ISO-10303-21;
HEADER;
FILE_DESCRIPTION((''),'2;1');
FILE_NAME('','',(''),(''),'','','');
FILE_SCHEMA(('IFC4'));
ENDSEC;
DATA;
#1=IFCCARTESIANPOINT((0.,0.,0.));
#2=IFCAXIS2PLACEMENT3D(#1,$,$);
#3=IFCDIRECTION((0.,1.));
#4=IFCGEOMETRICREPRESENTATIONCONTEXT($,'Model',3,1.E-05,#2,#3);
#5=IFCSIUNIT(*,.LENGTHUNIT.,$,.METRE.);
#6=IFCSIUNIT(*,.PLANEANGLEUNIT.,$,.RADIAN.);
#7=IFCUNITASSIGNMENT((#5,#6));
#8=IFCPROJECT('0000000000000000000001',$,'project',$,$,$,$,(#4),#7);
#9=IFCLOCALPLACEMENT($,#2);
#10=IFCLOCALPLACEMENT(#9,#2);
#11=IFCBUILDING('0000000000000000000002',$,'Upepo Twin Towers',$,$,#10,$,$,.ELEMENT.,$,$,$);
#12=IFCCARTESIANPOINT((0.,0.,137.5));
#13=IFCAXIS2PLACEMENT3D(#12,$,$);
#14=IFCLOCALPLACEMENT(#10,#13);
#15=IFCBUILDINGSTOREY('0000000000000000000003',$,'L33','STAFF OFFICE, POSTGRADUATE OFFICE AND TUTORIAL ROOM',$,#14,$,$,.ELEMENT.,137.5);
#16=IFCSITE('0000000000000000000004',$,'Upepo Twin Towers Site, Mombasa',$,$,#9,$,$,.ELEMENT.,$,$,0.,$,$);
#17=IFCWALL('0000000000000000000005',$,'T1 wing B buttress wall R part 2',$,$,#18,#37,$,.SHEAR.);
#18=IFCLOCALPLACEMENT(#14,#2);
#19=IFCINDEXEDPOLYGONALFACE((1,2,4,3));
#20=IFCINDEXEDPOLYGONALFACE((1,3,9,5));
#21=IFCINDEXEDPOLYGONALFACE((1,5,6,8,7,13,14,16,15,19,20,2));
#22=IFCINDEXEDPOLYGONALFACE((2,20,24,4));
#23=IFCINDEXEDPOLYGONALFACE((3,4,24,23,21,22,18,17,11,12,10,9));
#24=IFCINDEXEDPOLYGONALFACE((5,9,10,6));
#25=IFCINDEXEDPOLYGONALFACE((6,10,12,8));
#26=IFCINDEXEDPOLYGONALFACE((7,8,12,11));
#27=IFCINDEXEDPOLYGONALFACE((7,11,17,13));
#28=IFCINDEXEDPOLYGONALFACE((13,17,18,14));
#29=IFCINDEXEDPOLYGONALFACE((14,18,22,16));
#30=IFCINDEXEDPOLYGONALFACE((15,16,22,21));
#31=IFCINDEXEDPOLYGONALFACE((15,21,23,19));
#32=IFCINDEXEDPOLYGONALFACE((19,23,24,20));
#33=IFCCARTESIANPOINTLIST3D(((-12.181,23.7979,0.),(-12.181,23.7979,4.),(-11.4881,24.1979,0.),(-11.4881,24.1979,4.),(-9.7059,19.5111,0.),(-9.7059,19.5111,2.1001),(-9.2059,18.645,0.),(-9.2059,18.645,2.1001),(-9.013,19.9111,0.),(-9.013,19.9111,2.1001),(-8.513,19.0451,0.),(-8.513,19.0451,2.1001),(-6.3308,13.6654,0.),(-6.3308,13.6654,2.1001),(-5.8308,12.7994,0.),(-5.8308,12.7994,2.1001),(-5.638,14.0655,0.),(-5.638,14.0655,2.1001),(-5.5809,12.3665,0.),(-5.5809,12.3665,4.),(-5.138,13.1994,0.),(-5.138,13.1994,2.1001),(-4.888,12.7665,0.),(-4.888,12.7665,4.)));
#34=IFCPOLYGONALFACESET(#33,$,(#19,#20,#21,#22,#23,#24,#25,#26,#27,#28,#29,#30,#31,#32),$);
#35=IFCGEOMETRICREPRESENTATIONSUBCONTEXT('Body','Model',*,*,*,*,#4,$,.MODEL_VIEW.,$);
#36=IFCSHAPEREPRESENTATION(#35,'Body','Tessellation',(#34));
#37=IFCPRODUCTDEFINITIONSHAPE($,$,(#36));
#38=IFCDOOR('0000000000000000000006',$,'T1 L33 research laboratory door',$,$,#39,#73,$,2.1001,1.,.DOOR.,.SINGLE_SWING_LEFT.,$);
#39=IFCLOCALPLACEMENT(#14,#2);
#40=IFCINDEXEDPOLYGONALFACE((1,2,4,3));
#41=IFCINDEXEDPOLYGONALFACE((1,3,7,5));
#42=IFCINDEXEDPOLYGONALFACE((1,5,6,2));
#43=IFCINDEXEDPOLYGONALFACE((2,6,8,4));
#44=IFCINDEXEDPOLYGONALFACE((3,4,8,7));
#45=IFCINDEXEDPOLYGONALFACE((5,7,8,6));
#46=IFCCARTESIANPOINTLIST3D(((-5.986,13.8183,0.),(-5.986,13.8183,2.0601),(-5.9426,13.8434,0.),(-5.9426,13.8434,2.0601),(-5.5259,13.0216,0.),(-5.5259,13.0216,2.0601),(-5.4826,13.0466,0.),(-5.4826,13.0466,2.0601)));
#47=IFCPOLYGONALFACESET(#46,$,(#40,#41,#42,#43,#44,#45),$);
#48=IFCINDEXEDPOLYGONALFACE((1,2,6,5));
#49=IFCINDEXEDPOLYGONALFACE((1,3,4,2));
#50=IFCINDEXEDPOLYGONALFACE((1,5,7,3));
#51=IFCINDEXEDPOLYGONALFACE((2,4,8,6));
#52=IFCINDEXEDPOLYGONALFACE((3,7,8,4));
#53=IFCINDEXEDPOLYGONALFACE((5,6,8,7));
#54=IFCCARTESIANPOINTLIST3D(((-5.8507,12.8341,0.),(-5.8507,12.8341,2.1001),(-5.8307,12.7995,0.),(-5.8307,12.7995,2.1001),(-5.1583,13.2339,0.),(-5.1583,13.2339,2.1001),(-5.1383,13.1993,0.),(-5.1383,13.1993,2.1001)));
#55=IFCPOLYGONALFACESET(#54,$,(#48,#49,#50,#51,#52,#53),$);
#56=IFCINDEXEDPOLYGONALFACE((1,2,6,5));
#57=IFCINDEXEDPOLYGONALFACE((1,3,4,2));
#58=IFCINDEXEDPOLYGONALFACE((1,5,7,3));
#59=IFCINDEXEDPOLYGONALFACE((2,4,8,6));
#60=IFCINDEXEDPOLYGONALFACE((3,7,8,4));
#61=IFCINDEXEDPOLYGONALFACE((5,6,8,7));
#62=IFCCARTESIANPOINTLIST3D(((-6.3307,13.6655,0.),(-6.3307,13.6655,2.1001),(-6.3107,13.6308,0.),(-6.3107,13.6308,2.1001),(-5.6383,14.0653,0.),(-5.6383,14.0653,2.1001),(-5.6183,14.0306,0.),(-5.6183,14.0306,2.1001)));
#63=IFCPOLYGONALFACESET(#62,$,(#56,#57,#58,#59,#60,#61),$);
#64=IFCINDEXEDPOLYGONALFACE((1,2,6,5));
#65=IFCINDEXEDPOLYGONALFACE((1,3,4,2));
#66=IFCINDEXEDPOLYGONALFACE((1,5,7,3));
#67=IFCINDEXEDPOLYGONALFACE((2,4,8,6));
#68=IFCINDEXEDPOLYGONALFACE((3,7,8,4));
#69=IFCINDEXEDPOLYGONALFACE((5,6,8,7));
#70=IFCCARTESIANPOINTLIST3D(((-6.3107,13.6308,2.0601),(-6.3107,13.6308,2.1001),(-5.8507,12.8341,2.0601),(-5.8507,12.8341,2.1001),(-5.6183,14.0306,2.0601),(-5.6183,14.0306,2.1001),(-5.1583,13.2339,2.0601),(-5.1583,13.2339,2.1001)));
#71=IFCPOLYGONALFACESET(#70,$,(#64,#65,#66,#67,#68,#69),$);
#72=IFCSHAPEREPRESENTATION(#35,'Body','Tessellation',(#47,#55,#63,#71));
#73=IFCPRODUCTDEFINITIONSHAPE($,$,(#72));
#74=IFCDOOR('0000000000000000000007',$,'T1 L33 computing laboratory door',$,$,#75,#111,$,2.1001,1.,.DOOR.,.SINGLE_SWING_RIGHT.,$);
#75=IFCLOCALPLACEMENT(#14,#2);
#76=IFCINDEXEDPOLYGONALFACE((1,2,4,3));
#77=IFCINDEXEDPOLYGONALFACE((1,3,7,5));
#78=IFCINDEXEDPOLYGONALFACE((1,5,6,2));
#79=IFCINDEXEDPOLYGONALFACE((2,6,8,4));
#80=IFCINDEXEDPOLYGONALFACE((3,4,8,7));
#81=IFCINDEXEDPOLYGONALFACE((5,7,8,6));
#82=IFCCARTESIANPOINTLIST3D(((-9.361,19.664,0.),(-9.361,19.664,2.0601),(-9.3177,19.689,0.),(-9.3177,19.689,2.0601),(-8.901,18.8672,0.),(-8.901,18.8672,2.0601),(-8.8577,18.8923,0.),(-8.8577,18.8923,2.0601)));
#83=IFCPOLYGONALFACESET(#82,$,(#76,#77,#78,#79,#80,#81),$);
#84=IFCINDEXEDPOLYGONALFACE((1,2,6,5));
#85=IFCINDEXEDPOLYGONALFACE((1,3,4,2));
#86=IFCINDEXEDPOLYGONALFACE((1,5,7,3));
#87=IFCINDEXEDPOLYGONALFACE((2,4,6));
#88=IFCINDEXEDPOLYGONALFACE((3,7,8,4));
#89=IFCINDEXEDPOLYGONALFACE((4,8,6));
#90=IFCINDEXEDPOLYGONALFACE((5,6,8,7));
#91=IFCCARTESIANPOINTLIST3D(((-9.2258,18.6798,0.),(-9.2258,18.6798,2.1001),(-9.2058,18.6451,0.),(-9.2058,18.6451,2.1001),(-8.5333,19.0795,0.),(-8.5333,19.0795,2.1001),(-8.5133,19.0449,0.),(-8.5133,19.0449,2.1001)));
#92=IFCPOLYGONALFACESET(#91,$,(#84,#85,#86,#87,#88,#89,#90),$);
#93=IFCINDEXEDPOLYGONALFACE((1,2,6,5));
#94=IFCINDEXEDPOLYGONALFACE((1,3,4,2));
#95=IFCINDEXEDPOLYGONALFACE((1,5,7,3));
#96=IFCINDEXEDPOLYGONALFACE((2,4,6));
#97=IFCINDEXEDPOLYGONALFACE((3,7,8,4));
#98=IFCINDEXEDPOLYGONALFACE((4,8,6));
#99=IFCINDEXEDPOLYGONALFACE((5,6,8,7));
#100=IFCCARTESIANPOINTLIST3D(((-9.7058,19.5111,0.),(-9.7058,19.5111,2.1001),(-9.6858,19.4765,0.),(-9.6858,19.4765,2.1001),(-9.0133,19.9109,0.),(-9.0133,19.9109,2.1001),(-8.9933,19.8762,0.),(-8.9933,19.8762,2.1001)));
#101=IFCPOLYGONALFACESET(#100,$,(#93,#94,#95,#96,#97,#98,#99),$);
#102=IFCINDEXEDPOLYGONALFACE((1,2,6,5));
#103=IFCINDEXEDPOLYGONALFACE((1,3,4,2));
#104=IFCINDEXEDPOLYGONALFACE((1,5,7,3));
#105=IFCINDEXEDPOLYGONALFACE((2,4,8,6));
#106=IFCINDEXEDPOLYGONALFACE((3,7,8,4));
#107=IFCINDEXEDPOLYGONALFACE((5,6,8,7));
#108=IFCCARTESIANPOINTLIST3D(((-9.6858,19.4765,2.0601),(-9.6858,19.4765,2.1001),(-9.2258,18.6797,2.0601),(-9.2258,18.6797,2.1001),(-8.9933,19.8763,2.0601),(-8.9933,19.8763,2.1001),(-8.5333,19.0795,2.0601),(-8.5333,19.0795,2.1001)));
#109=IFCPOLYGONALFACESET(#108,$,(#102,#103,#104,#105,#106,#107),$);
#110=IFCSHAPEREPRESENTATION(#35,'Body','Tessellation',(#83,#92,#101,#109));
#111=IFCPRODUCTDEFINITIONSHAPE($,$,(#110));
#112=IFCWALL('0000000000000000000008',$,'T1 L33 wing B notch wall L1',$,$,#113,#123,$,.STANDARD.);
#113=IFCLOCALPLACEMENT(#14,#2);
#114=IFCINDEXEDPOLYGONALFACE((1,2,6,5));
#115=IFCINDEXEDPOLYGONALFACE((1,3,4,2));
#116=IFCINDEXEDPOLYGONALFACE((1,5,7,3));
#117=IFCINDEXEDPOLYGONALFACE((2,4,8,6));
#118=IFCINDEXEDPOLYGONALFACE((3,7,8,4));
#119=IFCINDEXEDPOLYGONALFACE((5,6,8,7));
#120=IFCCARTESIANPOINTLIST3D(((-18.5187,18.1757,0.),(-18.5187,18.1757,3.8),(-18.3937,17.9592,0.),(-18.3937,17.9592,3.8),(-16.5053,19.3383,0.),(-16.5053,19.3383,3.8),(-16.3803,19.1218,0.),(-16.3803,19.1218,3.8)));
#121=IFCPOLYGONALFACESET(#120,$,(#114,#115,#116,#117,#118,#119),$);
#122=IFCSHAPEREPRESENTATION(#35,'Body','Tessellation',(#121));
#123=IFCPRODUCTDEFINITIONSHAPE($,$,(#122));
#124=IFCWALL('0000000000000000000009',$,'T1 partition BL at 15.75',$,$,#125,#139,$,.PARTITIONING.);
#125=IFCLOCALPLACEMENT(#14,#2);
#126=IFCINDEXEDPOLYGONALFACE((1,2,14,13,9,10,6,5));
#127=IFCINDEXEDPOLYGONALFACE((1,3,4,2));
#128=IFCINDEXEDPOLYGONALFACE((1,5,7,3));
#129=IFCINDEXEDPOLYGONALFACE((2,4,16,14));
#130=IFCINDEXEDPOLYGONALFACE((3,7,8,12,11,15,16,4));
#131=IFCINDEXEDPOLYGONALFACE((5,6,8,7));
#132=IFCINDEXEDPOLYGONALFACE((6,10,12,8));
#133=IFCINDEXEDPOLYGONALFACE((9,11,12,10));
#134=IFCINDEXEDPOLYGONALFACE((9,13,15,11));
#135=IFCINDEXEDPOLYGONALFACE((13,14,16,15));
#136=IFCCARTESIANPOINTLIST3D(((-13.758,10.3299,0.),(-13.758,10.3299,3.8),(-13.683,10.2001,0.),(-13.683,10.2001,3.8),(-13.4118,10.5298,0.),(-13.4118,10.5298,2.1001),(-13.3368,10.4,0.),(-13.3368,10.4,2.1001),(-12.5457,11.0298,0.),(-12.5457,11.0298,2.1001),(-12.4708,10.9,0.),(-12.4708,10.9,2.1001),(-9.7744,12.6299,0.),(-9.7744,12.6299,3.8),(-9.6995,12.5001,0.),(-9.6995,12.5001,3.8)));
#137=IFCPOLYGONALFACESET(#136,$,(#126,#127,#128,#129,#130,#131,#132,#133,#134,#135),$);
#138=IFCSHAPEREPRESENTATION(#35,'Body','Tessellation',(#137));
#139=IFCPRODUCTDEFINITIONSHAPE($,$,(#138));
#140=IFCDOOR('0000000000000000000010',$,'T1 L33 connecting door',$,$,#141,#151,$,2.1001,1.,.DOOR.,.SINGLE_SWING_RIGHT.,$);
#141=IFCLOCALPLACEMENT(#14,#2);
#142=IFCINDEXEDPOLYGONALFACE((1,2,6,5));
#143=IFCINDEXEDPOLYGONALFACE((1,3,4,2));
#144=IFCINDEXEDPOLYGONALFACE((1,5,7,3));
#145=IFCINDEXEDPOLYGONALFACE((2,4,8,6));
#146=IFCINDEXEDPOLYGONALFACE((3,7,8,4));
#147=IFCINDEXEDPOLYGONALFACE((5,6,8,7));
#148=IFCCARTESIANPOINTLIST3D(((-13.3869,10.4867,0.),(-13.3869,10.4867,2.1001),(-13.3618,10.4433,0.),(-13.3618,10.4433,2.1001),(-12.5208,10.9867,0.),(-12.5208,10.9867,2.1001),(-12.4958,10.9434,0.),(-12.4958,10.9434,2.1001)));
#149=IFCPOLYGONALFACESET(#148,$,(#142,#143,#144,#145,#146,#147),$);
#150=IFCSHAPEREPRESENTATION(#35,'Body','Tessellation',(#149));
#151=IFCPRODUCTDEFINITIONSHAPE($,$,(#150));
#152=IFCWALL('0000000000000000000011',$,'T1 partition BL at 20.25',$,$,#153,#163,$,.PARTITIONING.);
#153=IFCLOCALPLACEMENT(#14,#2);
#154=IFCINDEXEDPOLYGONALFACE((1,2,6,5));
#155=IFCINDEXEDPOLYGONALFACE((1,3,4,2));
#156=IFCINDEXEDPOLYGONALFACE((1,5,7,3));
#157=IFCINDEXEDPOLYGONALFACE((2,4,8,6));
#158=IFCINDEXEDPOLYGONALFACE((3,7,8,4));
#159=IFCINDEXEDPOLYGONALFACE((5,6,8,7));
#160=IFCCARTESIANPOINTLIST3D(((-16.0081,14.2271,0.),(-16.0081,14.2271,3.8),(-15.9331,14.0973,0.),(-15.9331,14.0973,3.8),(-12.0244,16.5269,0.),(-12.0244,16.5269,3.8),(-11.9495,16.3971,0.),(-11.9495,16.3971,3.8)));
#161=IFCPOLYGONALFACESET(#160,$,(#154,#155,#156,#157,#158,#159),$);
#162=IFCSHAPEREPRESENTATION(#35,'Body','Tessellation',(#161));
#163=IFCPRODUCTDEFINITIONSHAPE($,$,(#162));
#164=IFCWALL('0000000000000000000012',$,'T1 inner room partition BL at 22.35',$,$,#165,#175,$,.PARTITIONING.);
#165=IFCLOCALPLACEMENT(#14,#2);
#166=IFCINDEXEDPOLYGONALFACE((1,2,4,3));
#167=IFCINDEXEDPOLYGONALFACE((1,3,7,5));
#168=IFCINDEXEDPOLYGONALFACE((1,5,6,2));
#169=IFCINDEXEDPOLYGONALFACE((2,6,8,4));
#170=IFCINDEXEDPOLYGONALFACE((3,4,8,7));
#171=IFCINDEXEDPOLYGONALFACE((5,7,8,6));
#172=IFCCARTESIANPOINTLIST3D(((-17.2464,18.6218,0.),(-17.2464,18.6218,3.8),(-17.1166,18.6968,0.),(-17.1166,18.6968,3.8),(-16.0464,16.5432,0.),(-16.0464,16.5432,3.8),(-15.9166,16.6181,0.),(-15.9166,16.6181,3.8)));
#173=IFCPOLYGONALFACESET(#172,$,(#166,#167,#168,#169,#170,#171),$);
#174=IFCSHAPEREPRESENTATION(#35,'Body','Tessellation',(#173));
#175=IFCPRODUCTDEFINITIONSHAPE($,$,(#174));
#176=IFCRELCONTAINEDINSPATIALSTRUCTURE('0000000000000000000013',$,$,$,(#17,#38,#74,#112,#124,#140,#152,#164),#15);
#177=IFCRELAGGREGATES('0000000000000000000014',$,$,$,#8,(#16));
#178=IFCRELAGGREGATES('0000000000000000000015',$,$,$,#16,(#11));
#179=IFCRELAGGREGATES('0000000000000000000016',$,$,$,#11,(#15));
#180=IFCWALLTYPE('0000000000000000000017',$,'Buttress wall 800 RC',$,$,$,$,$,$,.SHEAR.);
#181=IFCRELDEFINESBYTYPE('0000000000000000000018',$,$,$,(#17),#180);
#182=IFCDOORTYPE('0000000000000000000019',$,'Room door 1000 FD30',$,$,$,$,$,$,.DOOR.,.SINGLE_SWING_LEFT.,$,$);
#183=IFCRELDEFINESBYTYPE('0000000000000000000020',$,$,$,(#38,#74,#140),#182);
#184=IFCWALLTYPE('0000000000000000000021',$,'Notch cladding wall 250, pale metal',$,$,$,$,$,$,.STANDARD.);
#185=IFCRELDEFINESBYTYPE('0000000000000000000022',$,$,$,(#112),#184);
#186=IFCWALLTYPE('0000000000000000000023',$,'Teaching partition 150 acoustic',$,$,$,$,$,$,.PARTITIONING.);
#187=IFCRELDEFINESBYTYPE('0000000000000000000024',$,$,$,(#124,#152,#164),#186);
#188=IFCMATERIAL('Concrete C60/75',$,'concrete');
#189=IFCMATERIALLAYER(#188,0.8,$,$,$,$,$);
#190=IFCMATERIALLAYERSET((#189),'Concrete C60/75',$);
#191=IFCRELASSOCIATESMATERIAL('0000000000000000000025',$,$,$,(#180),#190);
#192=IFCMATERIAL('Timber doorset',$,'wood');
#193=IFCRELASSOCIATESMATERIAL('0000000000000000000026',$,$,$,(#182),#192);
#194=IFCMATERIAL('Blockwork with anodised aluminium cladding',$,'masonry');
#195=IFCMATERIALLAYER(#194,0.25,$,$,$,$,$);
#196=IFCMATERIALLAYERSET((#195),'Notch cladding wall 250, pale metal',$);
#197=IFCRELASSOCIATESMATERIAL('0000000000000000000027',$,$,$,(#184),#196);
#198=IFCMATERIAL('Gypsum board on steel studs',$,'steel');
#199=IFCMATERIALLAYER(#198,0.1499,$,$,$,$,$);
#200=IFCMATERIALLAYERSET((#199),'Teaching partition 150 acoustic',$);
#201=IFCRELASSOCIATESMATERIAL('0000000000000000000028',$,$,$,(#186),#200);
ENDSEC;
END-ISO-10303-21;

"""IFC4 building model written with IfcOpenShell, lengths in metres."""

from ifc_helpers import new_model, si_unit, direction, frame, frame_2d, origin, place, context, subcontext, project, spatial, rectangle, extrude, material, layer, layer_set, type_object, element, fill, save


model = new_model("IFC4")

# Units and contexts
model_context = context("Model", 3, precision=1e-05, world=origin(), true_north=direction((0.0, 1.0)))
body_context = subcontext(model_context, "Body", "Model", "MODEL_VIEW")
ifc_project = project(units=[si_unit("LENGTHUNIT", "METRE"), si_unit("PLANEANGLEUNIT", "RADIAN")], contexts=[model_context])

# Site, building, storey
site_placement = place(None, origin())
site = spatial("IfcSite", under=ifc_project, at=site_placement, Name="Upepo Twin Towers Site, Mombasa", CompositionType="ELEMENT", RefElevation=0.0)
building_placement = place(site_placement, origin())
building = spatial("IfcBuilding", under=site, at=building_placement, Name="Upepo Twin Towers", CompositionType="ELEMENT")
storey_placement = place(building_placement, frame((0.0, 0.0, 137.5)))
storey = spatial("IfcBuildingStorey", under=building, at=storey_placement, Name="L33", Description="STAFF OFFICE, POSTGRADUATE OFFICE AND TUTORIAL ROOM", CompositionType="ELEMENT", Elevation=137.5)

# Wall, openings, doors
ifc_material_1 = material(Name="Concrete C60/75", Category="concrete")
ifc_layer_1 = layer(ifc_material_1, 0.8)
ifc_layer_set_1 = layer_set([ifc_layer_1], Name="Concrete C60/75")
wall_type_1 = type_object("IfcWallType", Name="Buttress wall 800 RC", PredefinedType="SHEAR", material=ifc_layer_set_1)
wall_1_placement = place(storey_placement, frame((-5.2344, 12.5664, 0.0), z_axis=(0.0, 0.0, 1.0), x_axis=(-0.50001, 0.86602, 0.0)))
wall_1 = element("IfcWall", 1, at=wall_1_placement, inside=storey, type_object=wall_type_1, Name="T1 wing B buttress wall R part 2", PredefinedType="SHEAR", context=body_context, shape_type="SweptSolid", body=[
    extrude(rectangle(XDim=13.2, YDim=0.8, at=frame_2d((6.6001, 0.0))), origin(), (0.0, 0.0, 1.0), 4.0),
])
opening_1_placement = place(wall_1_placement, frame((0.5, 0.0, 0.0)))
opening_1 = element("IfcOpeningElement", 2, at=opening_1_placement, cuts=wall_1, PredefinedType="OPENING", context=body_context, shape_type="SweptSolid", body=[
    extrude(rectangle(XDim=1.0, YDim=2.1001, at=frame_2d((0.5, 1.05))), frame((0.0, 0.4099, 0.0), z_axis=(0.0, -1.0, 0.0), x_axis=(1.0, 0.0, 0.0)), (0.0, 0.0, 1.0), 0.8201),
])
opening_2_placement = place(wall_1_placement, frame((7.25, 0.0, 0.0)))
opening_2 = element("IfcOpeningElement", 3, at=opening_2_placement, cuts=wall_1, PredefinedType="OPENING", context=body_context, shape_type="SweptSolid", body=[
    extrude(rectangle(XDim=1.0, YDim=2.1001, at=frame_2d((0.5, 1.05))), frame((0.0, 0.4099, 0.0), z_axis=(0.0, -1.0, 0.0), x_axis=(1.0, 0.0, 0.0)), (0.0, 0.0, 1.0), 0.8201),
])
ifc_material_2 = material(Name="Timber doorset", Category="wood")
door_type = type_object("IfcDoorType", Name="Room door 1000 FD30", OperationType="SINGLE_SWING_LEFT", PredefinedType="DOOR", material=ifc_material_2)
door_1_placement = place(opening_1_placement, origin())
door_1 = element("IfcDoor", 4, at=door_1_placement, inside=storey, type_object=door_type, Name="T1 L33 research laboratory door", OperationType="SINGLE_SWING_LEFT", OverallHeight=2.1001, OverallWidth=1.0, PredefinedType="DOOR", context=body_context, shape_type="SweptSolid", body=[
    extrude(rectangle(XDim=0.92, YDim=2.0601, at=frame_2d((0.5, 1.03))), frame((0.0, 0.0249, 0.0), z_axis=(0.0, -1.0, 0.0), x_axis=(1.0, 0.0, 0.0)), (0.0, 0.0, 1.0), 0.05),
    extrude(rectangle(XDim=0.04, YDim=2.1001, at=frame_2d((0.02, 1.05))), frame((0.0, 0.3999, 0.0), z_axis=(0.0, -1.0, 0.0), x_axis=(1.0, 0.0, 0.0)), (0.0, 0.0, 1.0), 0.7996),
    extrude(rectangle(XDim=0.04, YDim=2.1001, at=frame_2d((0.98, 1.05))), frame((0.0, 0.3999, 0.0), z_axis=(0.0, -1.0, 0.0), x_axis=(1.0, 0.0, 0.0)), (0.0, 0.0, 1.0), 0.7996),
    extrude(rectangle(XDim=0.92, YDim=0.04, at=frame_2d((0.5, 2.0801))), frame((0.0, 0.3999, 0.0), z_axis=(0.0, -1.0, 0.0), x_axis=(1.0, 0.0, 0.0)), (0.0, 0.0, 1.0), 0.7996),
])
fill(opening_1, door_1)
door_2_placement = place(opening_2_placement, origin())
door_2 = element("IfcDoor", 5, at=door_2_placement, inside=storey, type_object=door_type, Name="T1 L33 computing laboratory door", OperationType="SINGLE_SWING_RIGHT", OverallHeight=2.1001, OverallWidth=1.0, PredefinedType="DOOR", context=body_context, shape_type="SweptSolid", body=[
    extrude(rectangle(XDim=0.92, YDim=2.0601, at=frame_2d((0.5, 1.03))), frame((0.0, 0.0249, 0.0), z_axis=(0.0, -1.0, 0.0), x_axis=(1.0, 0.0, 0.0)), (0.0, 0.0, 1.0), 0.05),
    extrude(rectangle(XDim=0.04, YDim=2.1001, at=frame_2d((0.02, 1.05))), frame((0.0, 0.3999, 0.0), z_axis=(0.0, -1.0, 0.0), x_axis=(1.0, 0.0, 0.0)), (0.0, 0.0, 1.0), 0.7996),
    extrude(rectangle(XDim=0.04, YDim=2.1001, at=frame_2d((0.98, 1.05))), frame((0.0, 0.3999, 0.0), z_axis=(0.0, -1.0, 0.0), x_axis=(1.0, 0.0, 0.0)), (0.0, 0.0, 1.0), 0.7996),
    extrude(rectangle(XDim=0.92, YDim=0.04, at=frame_2d((0.5, 2.0801))), frame((0.0, 0.3999, 0.0), z_axis=(0.0, -1.0, 0.0), x_axis=(1.0, 0.0, 0.0)), (0.0, 0.0, 1.0), 0.7996),
])
fill(opening_2, door_2)

# Wall
ifc_material_3 = material(Name="Blockwork with anodised aluminium cladding", Category="masonry")
ifc_layer_2 = layer(ifc_material_3, 0.25)
ifc_layer_set_2 = layer_set([ifc_layer_2], Name="Notch cladding wall 250, pale metal")
wall_type_2 = type_object("IfcWallType", Name="Notch cladding wall 250, pale metal", PredefinedType="STANDARD", material=ifc_layer_set_2)
wall_2_placement = place(storey_placement, frame((-18.4563, 18.0674, 0.0), z_axis=(0.0, 0.0, 1.0), x_axis=(0.865998, 0.500047, 0.0)))
element("IfcWall", 6, at=wall_2_placement, inside=storey, type_object=wall_type_2, Name="T1 L33 wing B notch wall L1", PredefinedType="STANDARD", context=body_context, shape_type="SweptSolid", body=[
    extrude(rectangle(XDim=2.325, YDim=0.25, at=frame_2d((1.1626, 0.0))), origin(), (0.0, 0.0, 1.0), 3.8),
])

# Wall, opening, door
ifc_material_4 = material(Name="Gypsum board on steel studs", Category="steel")
ifc_layer_3 = layer(ifc_material_4, 0.1499)
ifc_layer_set_3 = layer_set([ifc_layer_3], Name="Teaching partition 150 acoustic")
wall_type_3 = type_object("IfcWallType", Name="Teaching partition 150 acoustic", PredefinedType="PARTITIONING", material=ifc_layer_set_3)
wall_3_placement = place(storey_placement, frame((-9.7371, 12.5649, 0.0), z_axis=(0.0, 0.0, 1.0), x_axis=(-0.866017, -0.500015, 0.0)))
wall_3 = element("IfcWall", 7, at=wall_3_placement, inside=storey, type_object=wall_type_3, Name="T1 partition BL at 15.75", PredefinedType="PARTITIONING", context=body_context, shape_type="SweptSolid", body=[
    extrude(rectangle(XDim=4.5999, YDim=0.1499, at=frame_2d((2.2998, 0.0))), origin(), (0.0, 0.0, 1.0), 3.8),
])
opening_3_placement = place(wall_3_placement, frame((3.2, 0.0, 0.0)))
opening_3 = element("IfcOpeningElement", 8, at=opening_3_placement, cuts=wall_3, PredefinedType="OPENING", context=body_context, shape_type="SweptSolid", body=[
    extrude(rectangle(XDim=1.0, YDim=2.1001, at=frame_2d((0.5, 1.05))), frame((0.0, 0.085, 0.0), z_axis=(0.0, -1.0, 0.0), x_axis=(1.0, 0.0, 0.0)), (0.0, 0.0, 1.0), 0.1699),
])
door_3_placement = place(opening_3_placement, origin())
door_3 = element("IfcDoor", 9, at=door_3_placement, inside=storey, type_object=door_type, Name="T1 L33 connecting door", OperationType="SINGLE_SWING_RIGHT", OverallHeight=2.1001, OverallWidth=1.0, PredefinedType="DOOR", context=body_context, shape_type="SweptSolid", body=[
    extrude(rectangle(XDim=1.0, YDim=2.1001, at=frame_2d((0.5, 1.05))), frame((0.0, 0.0249, 0.0), z_axis=(0.0, -1.0, 0.0), x_axis=(1.0, 0.0, 0.0)), (0.0, 0.0, 1.0), 0.05),
])
fill(opening_3, door_3)

# Walls
wall_4_placement = place(storey_placement, frame((-11.9871, 16.4619, 0.0), z_axis=(0.0, 0.0, 1.0), x_axis=(-0.86604, -0.499975, 0.0)))
element("IfcWall", 10, at=wall_4_placement, inside=storey, type_object=wall_type_3, Name="T1 partition BL at 20.25", PredefinedType="PARTITIONING", context=body_context, shape_type="SweptSolid", body=[
    extrude(rectangle(XDim=4.5999, YDim=0.1499, at=frame_2d((2.2998, 0.0))), origin(), (0.0, 0.0, 1.0), 3.8),
])
wall_5_placement = place(storey_placement, frame((-15.9814, 16.5806, 0.0), z_axis=(0.0, 0.0, 1.0), x_axis=(-0.499957, 0.86605, 0.0)))
element("IfcWall", 11, at=wall_5_placement, inside=storey, type_object=wall_type_3, Name="T1 inner room partition BL at 22.35", PredefinedType="PARTITIONING", context=body_context, shape_type="SweptSolid", body=[
    extrude(rectangle(XDim=2.4001, YDim=0.1499, at=frame_2d((1.2002, 0.0))), origin(), (0.0, 0.0, 1.0), 3.8),
])

save(model, "model.ifc")
